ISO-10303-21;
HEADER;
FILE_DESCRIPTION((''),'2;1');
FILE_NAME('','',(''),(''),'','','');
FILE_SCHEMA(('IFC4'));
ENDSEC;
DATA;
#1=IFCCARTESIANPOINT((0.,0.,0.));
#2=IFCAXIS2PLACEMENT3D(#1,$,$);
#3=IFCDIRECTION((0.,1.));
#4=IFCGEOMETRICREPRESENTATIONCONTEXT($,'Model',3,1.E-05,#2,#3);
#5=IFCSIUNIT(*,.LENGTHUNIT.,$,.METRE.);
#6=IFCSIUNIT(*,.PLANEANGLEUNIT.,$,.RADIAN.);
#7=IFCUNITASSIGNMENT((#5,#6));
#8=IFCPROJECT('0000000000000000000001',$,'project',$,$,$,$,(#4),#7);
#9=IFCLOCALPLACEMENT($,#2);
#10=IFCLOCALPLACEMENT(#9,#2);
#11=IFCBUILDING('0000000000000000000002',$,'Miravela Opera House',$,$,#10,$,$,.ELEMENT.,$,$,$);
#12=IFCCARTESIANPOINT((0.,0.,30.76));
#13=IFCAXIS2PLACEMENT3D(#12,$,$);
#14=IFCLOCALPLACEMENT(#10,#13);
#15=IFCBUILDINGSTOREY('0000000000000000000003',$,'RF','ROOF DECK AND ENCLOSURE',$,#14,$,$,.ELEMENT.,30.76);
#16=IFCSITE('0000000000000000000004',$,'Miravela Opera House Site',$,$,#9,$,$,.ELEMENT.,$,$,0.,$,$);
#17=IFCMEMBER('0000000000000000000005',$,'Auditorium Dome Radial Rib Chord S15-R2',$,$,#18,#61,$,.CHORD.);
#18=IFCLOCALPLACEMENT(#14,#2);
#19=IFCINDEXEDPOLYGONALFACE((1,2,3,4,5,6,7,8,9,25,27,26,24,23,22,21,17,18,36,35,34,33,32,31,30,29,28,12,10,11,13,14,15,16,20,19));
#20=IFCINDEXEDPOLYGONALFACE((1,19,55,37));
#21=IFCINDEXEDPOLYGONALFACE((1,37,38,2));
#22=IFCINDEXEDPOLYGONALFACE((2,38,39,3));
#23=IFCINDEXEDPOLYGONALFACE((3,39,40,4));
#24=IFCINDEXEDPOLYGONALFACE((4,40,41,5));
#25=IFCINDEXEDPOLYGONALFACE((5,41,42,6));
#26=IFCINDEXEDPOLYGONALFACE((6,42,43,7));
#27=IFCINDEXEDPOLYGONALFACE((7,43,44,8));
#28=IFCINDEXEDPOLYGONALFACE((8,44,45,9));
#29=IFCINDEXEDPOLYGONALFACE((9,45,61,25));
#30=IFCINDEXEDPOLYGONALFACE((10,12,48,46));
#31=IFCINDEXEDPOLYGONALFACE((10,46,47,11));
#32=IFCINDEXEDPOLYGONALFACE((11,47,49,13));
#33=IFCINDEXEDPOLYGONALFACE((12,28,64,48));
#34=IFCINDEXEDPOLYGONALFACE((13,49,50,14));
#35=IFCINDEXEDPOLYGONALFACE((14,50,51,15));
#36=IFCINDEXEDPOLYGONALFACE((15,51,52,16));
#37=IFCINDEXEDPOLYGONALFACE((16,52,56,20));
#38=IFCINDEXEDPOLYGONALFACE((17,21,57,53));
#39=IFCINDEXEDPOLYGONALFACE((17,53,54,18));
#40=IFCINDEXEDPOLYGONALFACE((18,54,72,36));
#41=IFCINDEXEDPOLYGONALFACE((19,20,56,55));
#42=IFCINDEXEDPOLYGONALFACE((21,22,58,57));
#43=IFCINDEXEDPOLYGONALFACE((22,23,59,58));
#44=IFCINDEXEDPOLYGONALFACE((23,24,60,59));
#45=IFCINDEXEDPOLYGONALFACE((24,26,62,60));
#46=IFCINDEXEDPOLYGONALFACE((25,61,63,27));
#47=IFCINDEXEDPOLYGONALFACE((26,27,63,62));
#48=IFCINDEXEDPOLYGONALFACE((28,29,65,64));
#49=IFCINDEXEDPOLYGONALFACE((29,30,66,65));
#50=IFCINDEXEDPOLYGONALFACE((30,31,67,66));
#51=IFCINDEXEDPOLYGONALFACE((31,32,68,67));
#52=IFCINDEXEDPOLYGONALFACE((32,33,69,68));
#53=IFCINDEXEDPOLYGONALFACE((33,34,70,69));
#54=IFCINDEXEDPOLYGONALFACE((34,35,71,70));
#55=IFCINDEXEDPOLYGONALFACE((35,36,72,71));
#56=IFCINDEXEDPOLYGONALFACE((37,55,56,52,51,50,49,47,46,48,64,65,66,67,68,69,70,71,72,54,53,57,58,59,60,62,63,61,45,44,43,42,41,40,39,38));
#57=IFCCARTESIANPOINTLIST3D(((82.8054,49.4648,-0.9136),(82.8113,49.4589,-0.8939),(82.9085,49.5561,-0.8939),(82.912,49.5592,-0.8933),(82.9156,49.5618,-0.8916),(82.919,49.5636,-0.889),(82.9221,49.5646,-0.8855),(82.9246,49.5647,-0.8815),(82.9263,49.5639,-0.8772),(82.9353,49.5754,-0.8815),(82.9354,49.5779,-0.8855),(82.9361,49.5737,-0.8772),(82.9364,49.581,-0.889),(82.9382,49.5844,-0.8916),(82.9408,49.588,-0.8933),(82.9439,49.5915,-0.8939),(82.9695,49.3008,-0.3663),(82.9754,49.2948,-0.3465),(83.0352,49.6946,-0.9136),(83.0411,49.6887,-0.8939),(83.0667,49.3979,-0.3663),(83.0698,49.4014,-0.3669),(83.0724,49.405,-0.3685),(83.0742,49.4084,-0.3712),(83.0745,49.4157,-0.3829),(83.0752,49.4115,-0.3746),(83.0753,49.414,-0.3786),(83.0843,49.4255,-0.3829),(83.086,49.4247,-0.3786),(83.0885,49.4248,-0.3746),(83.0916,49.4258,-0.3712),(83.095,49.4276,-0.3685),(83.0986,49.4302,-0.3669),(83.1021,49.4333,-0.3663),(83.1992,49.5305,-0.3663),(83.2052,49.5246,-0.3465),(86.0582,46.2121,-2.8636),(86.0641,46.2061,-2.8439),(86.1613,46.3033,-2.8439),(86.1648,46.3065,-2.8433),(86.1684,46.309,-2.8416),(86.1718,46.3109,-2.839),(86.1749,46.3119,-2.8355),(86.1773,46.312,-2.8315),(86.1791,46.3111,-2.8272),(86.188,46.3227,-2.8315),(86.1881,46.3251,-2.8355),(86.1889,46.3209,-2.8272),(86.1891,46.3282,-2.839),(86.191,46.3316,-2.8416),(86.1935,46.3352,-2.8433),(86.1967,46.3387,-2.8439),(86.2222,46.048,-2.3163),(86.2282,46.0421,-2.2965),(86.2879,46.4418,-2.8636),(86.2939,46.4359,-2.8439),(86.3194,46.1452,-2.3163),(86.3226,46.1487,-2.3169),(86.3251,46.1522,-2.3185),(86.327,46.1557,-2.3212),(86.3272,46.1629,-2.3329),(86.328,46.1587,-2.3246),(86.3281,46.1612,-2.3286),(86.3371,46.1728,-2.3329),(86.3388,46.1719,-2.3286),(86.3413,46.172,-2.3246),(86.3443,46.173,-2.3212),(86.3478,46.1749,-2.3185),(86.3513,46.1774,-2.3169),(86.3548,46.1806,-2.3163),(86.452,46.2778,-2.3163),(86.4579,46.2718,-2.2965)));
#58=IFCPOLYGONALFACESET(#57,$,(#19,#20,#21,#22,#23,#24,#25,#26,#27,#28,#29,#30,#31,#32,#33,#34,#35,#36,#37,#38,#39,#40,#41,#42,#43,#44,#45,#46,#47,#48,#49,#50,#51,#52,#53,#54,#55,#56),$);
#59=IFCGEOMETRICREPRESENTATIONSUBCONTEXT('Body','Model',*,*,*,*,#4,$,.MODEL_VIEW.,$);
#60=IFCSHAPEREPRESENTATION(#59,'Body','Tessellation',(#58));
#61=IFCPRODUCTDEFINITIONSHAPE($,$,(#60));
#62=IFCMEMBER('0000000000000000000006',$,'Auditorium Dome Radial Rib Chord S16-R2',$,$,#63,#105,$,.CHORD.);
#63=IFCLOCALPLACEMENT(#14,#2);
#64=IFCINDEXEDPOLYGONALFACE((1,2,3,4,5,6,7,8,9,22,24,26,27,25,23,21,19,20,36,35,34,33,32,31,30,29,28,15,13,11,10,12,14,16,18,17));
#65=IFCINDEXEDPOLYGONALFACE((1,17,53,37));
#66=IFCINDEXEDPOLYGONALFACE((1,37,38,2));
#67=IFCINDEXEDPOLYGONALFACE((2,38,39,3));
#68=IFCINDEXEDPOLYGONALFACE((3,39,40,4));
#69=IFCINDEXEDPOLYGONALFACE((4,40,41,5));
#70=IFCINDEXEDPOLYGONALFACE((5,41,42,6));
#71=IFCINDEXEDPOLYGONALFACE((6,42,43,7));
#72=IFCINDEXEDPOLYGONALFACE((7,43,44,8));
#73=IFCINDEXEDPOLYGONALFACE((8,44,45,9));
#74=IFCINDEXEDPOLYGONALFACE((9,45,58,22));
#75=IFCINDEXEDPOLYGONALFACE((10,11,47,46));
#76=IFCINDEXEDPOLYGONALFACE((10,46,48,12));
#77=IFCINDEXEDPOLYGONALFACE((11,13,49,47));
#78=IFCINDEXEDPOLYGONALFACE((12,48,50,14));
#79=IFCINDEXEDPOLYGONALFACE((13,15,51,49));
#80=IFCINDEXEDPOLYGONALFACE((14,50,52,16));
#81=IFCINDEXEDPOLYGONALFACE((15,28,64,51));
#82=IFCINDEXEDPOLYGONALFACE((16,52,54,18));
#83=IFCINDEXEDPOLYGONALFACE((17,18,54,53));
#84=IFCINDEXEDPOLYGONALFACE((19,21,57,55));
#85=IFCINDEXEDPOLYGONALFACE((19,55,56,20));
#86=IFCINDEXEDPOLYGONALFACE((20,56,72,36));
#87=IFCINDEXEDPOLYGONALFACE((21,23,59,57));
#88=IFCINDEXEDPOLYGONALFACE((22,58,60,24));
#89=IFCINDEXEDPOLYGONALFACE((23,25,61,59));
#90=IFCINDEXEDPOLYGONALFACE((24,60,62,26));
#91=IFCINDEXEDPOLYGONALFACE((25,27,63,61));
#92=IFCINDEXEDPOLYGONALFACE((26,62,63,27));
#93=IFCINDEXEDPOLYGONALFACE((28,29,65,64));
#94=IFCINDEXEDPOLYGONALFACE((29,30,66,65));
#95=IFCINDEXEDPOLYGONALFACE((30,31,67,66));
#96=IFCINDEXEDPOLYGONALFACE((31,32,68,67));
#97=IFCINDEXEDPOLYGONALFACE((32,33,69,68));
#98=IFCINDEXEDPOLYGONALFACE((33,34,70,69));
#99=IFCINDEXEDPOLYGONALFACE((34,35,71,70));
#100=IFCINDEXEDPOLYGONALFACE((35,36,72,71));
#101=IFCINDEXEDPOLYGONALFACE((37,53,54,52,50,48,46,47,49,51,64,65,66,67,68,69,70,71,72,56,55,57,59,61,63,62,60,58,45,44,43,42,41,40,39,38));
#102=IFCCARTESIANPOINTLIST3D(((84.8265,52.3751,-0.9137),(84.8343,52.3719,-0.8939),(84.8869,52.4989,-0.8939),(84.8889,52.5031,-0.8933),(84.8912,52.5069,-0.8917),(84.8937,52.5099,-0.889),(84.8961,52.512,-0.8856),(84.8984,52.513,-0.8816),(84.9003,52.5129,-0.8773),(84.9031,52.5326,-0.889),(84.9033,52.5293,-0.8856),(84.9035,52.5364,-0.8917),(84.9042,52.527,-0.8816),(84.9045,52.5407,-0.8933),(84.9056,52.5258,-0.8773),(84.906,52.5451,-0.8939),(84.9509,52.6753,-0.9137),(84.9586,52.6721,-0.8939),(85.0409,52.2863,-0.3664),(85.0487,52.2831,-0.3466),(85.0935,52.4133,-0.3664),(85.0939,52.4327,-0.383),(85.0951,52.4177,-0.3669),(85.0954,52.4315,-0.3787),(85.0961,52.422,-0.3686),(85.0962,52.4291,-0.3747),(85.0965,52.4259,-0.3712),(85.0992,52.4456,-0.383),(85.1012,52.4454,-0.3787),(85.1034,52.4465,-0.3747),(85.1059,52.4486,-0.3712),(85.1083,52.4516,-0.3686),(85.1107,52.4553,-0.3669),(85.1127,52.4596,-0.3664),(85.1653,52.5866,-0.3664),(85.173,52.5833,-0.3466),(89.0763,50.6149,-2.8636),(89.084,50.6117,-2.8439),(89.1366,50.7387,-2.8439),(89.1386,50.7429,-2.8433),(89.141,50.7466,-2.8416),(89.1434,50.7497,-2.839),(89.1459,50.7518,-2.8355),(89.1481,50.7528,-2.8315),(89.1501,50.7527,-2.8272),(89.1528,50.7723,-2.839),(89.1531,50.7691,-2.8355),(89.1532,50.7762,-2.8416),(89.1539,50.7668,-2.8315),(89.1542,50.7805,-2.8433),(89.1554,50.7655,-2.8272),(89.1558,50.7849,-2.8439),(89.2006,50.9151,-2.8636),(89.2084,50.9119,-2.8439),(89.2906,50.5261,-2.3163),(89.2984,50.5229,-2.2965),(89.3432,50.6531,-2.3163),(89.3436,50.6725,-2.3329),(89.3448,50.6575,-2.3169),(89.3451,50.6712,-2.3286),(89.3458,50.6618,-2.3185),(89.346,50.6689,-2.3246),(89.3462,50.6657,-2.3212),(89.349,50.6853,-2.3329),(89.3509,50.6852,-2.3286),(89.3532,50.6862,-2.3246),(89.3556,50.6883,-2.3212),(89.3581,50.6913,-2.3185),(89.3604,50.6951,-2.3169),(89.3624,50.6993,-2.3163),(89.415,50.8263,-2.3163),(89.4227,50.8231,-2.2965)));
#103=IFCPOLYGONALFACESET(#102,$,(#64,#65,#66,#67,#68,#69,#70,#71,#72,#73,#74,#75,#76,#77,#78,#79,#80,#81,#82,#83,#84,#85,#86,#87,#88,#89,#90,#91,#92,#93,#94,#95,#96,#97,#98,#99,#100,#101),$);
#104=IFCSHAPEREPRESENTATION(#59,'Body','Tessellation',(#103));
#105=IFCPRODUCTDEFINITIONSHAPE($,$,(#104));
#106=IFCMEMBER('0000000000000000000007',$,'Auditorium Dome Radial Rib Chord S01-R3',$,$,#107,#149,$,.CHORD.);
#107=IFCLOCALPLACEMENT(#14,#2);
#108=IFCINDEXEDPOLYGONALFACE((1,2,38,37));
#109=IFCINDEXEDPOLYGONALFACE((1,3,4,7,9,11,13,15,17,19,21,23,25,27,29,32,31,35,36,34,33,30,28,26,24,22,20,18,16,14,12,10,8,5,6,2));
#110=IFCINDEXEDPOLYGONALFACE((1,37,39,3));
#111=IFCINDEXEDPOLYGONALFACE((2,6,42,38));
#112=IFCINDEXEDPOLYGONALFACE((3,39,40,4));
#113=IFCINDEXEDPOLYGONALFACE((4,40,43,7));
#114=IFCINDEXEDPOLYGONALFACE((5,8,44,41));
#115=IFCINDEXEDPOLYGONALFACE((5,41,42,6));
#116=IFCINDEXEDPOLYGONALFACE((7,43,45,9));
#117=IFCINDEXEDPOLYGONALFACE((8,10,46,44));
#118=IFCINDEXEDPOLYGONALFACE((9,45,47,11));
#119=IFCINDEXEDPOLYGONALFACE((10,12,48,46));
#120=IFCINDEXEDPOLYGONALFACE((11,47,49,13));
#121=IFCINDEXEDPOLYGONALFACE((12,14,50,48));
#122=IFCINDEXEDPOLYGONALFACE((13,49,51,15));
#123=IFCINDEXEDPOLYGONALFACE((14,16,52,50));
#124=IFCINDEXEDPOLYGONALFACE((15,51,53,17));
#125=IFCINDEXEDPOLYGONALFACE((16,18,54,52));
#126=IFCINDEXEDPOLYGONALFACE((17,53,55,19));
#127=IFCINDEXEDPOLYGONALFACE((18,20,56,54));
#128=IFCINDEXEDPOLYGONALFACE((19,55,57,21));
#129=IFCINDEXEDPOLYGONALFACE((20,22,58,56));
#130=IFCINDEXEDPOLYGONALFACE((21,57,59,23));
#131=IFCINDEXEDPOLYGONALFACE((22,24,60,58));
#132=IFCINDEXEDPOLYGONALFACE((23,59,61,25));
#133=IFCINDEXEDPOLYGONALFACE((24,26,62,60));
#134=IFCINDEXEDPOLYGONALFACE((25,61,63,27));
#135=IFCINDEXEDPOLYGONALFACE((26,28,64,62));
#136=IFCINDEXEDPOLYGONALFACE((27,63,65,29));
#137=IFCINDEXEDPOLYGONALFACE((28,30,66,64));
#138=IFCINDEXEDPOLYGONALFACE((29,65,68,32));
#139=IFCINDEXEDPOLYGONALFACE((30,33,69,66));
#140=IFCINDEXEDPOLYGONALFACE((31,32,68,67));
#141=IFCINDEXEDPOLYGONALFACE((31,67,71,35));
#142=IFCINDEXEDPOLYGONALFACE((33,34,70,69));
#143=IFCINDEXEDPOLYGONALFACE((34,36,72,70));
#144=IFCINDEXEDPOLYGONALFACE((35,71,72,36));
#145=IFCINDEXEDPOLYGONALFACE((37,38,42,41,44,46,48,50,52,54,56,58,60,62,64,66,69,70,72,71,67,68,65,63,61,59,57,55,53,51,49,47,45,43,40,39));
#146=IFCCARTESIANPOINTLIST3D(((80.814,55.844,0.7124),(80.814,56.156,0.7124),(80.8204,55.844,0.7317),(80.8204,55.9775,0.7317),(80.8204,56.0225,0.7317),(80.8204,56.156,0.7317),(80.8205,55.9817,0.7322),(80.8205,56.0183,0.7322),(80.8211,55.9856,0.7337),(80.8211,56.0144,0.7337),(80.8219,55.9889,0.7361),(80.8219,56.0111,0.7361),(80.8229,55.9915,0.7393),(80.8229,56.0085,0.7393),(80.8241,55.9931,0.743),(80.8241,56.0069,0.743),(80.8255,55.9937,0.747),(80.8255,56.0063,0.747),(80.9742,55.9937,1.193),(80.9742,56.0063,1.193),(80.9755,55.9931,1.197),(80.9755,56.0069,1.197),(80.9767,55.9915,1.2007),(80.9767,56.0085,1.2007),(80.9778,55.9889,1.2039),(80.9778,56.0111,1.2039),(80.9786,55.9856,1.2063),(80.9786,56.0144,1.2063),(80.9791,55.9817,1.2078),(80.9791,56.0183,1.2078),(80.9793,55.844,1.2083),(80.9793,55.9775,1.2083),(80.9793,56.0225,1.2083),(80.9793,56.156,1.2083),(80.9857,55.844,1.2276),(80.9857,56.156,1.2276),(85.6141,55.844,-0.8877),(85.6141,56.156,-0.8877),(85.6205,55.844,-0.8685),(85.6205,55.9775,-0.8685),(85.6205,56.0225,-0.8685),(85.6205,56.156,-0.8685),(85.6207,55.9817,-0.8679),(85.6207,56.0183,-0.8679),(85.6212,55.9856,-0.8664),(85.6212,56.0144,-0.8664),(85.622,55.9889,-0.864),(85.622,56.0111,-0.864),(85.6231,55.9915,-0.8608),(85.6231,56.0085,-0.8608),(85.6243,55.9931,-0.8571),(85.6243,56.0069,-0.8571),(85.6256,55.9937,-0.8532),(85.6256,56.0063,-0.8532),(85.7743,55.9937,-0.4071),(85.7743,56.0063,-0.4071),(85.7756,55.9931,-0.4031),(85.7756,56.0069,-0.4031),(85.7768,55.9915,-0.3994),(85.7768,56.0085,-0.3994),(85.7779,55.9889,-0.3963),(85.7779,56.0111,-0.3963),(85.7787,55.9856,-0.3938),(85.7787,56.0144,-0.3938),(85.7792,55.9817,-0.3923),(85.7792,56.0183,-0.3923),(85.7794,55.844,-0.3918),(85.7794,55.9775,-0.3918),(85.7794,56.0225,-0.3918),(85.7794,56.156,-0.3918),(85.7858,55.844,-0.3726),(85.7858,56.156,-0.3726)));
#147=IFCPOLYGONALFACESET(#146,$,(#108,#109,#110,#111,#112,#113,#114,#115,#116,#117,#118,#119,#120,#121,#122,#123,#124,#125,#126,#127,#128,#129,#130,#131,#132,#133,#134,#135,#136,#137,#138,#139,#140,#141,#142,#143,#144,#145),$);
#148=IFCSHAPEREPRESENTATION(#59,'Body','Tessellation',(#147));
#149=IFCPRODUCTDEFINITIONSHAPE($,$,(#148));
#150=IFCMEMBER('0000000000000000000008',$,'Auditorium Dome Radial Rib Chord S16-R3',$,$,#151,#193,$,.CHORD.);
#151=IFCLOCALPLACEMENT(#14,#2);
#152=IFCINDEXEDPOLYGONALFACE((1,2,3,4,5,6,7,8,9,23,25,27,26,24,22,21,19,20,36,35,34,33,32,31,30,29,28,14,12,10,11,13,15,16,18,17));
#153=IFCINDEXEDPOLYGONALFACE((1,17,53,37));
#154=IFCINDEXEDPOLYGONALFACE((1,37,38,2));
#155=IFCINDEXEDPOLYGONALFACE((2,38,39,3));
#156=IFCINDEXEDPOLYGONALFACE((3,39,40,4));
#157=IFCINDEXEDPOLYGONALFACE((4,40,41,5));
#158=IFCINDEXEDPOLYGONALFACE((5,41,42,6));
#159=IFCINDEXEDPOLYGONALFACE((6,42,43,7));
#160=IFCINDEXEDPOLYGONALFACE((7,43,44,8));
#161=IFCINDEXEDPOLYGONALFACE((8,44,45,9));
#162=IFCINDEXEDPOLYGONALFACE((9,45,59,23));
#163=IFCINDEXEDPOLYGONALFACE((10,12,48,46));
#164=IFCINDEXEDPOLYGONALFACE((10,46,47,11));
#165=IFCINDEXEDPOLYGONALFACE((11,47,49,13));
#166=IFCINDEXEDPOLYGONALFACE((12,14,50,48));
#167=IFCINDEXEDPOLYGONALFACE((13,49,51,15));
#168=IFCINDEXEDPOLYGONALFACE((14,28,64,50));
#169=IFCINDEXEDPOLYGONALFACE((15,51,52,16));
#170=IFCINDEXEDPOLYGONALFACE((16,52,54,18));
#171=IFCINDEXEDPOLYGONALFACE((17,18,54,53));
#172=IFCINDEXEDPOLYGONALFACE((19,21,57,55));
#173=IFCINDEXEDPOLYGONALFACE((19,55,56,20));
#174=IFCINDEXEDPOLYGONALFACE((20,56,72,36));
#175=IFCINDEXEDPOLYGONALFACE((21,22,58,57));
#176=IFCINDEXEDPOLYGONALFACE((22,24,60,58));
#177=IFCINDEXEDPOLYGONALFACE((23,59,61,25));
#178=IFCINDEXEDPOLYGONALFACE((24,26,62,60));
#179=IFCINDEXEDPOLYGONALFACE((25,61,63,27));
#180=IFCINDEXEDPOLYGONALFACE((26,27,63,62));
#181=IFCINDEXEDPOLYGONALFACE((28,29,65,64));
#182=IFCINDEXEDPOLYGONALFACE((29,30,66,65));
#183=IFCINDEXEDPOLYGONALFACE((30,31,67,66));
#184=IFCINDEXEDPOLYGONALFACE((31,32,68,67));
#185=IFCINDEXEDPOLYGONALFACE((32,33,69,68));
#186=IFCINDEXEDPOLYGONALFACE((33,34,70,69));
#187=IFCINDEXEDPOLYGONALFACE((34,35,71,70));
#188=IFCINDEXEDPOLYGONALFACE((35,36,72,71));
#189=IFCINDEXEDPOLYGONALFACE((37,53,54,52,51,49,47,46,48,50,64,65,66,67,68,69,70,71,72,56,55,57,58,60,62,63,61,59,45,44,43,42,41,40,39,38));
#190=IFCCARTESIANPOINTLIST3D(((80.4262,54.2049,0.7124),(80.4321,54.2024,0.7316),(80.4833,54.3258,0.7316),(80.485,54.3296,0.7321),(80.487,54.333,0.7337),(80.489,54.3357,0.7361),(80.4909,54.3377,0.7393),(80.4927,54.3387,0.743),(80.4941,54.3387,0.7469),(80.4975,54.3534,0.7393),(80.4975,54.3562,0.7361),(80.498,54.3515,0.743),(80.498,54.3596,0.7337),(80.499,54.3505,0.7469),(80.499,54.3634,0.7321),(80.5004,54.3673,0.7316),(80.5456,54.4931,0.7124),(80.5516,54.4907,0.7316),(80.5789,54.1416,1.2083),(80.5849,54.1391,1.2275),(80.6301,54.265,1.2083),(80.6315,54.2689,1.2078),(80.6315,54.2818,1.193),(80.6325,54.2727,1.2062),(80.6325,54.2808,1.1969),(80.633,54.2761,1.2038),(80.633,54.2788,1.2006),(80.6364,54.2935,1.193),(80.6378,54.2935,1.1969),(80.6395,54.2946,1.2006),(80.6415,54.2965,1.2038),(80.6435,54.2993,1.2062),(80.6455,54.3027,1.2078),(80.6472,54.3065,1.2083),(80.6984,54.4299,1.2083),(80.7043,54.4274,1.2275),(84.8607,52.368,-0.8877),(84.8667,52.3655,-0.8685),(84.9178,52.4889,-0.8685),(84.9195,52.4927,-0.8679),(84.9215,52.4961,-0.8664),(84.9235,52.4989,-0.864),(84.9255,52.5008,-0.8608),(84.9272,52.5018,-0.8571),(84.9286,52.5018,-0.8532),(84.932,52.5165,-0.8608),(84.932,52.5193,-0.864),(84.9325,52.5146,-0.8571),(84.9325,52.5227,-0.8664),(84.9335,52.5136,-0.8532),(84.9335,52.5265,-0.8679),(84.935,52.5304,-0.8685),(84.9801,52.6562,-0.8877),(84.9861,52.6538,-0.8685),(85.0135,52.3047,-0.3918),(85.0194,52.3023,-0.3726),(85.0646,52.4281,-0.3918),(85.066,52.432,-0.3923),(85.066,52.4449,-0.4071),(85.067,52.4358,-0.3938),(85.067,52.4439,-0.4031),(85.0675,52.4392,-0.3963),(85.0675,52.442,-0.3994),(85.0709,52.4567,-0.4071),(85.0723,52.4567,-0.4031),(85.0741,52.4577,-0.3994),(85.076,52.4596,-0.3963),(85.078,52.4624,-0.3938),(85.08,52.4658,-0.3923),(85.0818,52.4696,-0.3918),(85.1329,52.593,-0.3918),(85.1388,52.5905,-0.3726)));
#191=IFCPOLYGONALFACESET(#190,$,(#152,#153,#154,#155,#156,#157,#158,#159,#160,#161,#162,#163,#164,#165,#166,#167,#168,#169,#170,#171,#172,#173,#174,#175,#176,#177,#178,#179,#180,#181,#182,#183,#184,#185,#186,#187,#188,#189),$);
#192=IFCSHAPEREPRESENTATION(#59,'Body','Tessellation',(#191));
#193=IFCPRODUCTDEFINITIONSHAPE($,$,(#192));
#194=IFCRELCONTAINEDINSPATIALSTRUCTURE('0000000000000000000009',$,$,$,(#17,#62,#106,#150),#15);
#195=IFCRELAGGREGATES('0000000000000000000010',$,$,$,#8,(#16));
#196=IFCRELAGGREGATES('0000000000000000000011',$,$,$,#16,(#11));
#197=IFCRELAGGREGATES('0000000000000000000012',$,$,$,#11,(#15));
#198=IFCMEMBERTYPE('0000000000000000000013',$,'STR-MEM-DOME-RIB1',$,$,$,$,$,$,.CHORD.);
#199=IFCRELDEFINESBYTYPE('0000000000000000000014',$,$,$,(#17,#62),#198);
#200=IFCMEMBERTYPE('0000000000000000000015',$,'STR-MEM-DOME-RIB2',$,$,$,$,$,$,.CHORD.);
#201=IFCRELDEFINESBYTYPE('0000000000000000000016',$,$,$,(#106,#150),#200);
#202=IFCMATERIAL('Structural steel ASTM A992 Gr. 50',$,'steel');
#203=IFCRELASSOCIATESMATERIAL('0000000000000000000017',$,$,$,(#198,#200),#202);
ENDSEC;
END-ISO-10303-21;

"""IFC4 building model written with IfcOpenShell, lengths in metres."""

from ifc_helpers import new_model, si_unit, direction, frame, origin, origin_2d, place, context, subcontext, project, spatial, i_section, extrude, material, material_profile, profile_set, type_object, element, save


model = new_model("IFC4")

# Units and contexts
model_context = context("Model", 3, precision=1e-05, world=origin(), true_north=direction((0.0, 1.0)))
body_context = subcontext(model_context, "Body", "Model", "MODEL_VIEW")
ifc_project = project(units=[si_unit("LENGTHUNIT", "METRE"), si_unit("PLANEANGLEUNIT", "RADIAN")], contexts=[model_context])

# Site, building, storey
site_placement = place(None, origin())
site = spatial("IfcSite", under=ifc_project, at=site_placement, Name="Miravela Opera House Site", CompositionType="ELEMENT", RefElevation=0.0)
building_placement = place(site_placement, origin())
building = spatial("IfcBuilding", under=site, at=building_placement, Name="Miravela Opera House", CompositionType="ELEMENT")
storey_placement = place(building_placement, frame((0.0, 0.0, 30.76)))
storey = spatial("IfcBuildingStorey", under=building, at=storey_placement, Name="RF", Description="ROOF DECK AND ENCLOSURE", CompositionType="ELEMENT", Elevation=30.76)

# Shared definitions
ifc_material_1 = material(Name="Structural steel ASTM A992 Gr. 50", Category="steel")

# Members
ifc_material_profile_1 = material_profile(ifc_material_1, i_section(OverallWidth=0.325, OverallDepth=0.616, WebThickness=0.0139, FlangeThickness=0.0215, FilletRadius=0.0181, at=origin_2d()), Name="W610X174")
ifc_profile_set_1 = profile_set([ifc_material_profile_1])
member_type_1 = type_object("IfcMemberType", Name="STR-MEM-DOME-RIB1", PredefinedType="CHORD", material=ifc_profile_set_1)
member_1_placement = place(storey_placement, frame((86.2581, 46.2419, -2.5801), z_axis=(-0.651029, 0.651029, 0.390285), x_axis=(-0.707107, -0.707107, 0.0)))
element("IfcMember", 1, at=member_1_placement, inside=storey, type_object=member_type_1, Name="Auditorium Dome Radial Rib Chord S15-R2", PredefinedType="CHORD", context=body_context, shape_type="SweptSolid", body=[
    extrude(i_section(OverallWidth=0.325, OverallDepth=0.616, WebThickness=0.0139, FlangeThickness=0.0215, FilletRadius=0.0181, at=origin_2d()), origin(), (0.0, 0.0, 1.0), 4.9963),
])
member_2_placement = place(storey_placement, frame((89.2495, 50.719, -2.5801), z_axis=(-0.850611, 0.352324, 0.390293), x_axis=(-0.382674, -0.923884, 0.0)))
element("IfcMember", 2, at=member_2_placement, inside=storey, type_object=member_type_1, Name="Auditorium Dome Radial Rib Chord S16-R2", PredefinedType="CHORD", context=body_context, shape_type="SweptSolid", body=[
    extrude(i_section(OverallWidth=0.325, OverallDepth=0.616, WebThickness=0.0139, FlangeThickness=0.0215, FilletRadius=0.0181, at=origin_2d()), origin(), (0.0, 0.0, 1.0), 4.9961),
])
ifc_material_profile_2 = material_profile(ifc_material_1, i_section(OverallWidth=0.312, OverallDepth=0.543, WebThickness=0.0127, FlangeThickness=0.0203, FilletRadius=0.0161, at=origin_2d()), Name="W530X150")
ifc_profile_set_2 = profile_set([ifc_material_profile_2])
member_type_2 = type_object("IfcMemberType", Name="STR-MEM-DOME-RIB2", PredefinedType="CHORD", material=ifc_profile_set_2)
member_3_placement = place(storey_placement, frame((85.7, 56.0, -0.6301), z_axis=(-0.948678, 0.0, 0.316242), x_axis=(0.0, -1.0, 0.0)))
element("IfcMember", 3, at=member_3_placement, inside=storey, type_object=member_type_2, Name="Auditorium Dome Radial Rib Chord S01-R3", PredefinedType="CHORD", context=body_context, shape_type="SweptSolid", body=[
    extrude(i_section(OverallWidth=0.312, OverallDepth=0.543, WebThickness=0.0127, FlangeThickness=0.0203, FilletRadius=0.0161, at=origin_2d()), origin(), (0.0, 0.0, 1.0), 5.0598),
])
member_4_placement = place(storey_placement, frame((84.9998, 52.4792, -0.6301), z_axis=(-0.876459, 0.363052, 0.316247), x_axis=(-0.382693, -0.923875, 0.0)))
element("IfcMember", 4, at=member_4_placement, inside=storey, type_object=member_type_2, Name="Auditorium Dome Radial Rib Chord S16-R3", PredefinedType="CHORD", context=body_context, shape_type="SweptSolid", body=[
    extrude(i_section(OverallWidth=0.312, OverallDepth=0.543, WebThickness=0.0127, FlangeThickness=0.0203, FilletRadius=0.0161, at=origin_2d()), origin(), (0.0, 0.0, 1.0), 5.0596),
])

save(model, "model.ifc")
